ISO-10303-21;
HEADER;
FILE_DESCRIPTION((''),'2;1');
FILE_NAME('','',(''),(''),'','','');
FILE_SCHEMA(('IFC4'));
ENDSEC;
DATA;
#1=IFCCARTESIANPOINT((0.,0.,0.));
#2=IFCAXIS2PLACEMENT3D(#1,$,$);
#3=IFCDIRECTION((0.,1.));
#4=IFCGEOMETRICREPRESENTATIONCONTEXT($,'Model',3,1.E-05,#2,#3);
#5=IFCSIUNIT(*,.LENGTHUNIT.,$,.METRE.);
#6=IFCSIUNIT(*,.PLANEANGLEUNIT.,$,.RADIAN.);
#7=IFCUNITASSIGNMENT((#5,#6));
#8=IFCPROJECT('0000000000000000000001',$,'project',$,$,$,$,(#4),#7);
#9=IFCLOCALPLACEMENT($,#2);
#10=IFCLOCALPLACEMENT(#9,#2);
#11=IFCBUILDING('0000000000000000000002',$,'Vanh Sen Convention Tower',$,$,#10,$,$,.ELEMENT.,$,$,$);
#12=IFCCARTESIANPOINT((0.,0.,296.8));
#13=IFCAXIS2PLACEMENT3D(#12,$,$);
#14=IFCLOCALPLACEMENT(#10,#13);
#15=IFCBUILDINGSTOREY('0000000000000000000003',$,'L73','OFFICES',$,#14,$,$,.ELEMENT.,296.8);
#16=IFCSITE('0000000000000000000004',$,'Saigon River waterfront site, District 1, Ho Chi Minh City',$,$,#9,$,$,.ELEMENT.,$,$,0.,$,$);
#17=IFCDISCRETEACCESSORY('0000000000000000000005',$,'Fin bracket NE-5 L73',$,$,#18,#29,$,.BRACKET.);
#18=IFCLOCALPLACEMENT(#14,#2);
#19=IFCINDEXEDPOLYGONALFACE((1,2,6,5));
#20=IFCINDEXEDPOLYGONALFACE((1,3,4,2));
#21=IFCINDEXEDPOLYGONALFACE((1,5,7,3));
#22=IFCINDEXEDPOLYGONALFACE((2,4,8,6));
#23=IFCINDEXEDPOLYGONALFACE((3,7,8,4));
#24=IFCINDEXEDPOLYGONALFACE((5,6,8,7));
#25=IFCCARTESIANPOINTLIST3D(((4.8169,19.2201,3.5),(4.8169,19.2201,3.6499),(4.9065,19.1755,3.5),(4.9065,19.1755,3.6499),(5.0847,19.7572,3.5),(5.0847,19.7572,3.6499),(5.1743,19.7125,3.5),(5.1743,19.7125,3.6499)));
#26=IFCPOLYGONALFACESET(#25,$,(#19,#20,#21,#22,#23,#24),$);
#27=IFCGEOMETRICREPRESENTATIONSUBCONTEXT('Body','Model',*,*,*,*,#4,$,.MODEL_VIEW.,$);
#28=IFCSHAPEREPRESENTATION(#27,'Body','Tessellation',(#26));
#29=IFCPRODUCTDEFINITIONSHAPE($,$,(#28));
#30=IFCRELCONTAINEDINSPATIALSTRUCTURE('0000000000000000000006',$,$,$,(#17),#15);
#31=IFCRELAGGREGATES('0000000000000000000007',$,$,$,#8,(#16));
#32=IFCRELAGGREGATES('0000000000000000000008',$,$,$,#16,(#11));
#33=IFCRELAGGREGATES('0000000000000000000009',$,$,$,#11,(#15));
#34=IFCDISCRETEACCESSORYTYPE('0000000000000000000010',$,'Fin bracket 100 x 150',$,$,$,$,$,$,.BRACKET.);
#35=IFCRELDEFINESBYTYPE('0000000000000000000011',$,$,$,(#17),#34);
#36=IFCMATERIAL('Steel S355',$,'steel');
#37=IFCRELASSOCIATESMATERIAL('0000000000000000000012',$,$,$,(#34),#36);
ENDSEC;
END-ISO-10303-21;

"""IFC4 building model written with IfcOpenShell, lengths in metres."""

from ifc_helpers import new_model, si_unit, direction, frame, origin, origin_2d, place, context, subcontext, project, spatial, rectangle, extrude, material, type_object, element, save


model = new_model("IFC4")

# Units and contexts
model_context = context("Model", 3, precision=1e-05, world=origin(), true_north=direction((0.0, 1.0)))
body_context = subcontext(model_context, "Body", "Model", "MODEL_VIEW")
ifc_project = project(units=[si_unit("LENGTHUNIT", "METRE"), si_unit("PLANEANGLEUNIT", "RADIAN")], contexts=[model_context])

# Site, building, storey
site_placement = place(None, origin())
site = spatial("IfcSite", under=ifc_project, at=site_placement, Name="Saigon River waterfront site, District 1, Ho Chi Minh City", CompositionType="ELEMENT", RefElevation=0.0)
building_placement = place(site_placement, origin())
building = spatial("IfcBuilding", under=site, at=building_placement, Name="Vanh Sen Convention Tower", CompositionType="ELEMENT")
storey_placement = place(building_placement, frame((0.0, 0.0, 296.8)))
storey = spatial("IfcBuildingStorey", under=building, at=storey_placement, Name="L73", Description="OFFICES", CompositionType="ELEMENT", Elevation=296.8)

# Discrete accessory
ifc_material_1 = material(Name="Steel S355", Category="steel")
discrete_accessory_type = type_object("IfcDiscreteAccessoryType", Name="Fin bracket 100 x 150", PredefinedType="BRACKET", material=ifc_material_1)
discrete_accessory_placement = place(storey_placement, frame((4.9956, 19.4663, 3.5), z_axis=(0.0, 0.0, 1.0), x_axis=(0.446198, 0.894934, 0.0)))
element("IfcDiscreteAccessory", 1, at=discrete_accessory_placement, inside=storey, type_object=discrete_accessory_type, Name="Fin bracket NE-5 L73", PredefinedType="BRACKET", context=body_context, shape_type="SweptSolid", body=[
    extrude(rectangle(XDim=0.6001, YDim=0.1001, at=origin_2d()), origin(), (0.0, 0.0, 1.0), 0.1499),
])

save(model, "model.ifc")
